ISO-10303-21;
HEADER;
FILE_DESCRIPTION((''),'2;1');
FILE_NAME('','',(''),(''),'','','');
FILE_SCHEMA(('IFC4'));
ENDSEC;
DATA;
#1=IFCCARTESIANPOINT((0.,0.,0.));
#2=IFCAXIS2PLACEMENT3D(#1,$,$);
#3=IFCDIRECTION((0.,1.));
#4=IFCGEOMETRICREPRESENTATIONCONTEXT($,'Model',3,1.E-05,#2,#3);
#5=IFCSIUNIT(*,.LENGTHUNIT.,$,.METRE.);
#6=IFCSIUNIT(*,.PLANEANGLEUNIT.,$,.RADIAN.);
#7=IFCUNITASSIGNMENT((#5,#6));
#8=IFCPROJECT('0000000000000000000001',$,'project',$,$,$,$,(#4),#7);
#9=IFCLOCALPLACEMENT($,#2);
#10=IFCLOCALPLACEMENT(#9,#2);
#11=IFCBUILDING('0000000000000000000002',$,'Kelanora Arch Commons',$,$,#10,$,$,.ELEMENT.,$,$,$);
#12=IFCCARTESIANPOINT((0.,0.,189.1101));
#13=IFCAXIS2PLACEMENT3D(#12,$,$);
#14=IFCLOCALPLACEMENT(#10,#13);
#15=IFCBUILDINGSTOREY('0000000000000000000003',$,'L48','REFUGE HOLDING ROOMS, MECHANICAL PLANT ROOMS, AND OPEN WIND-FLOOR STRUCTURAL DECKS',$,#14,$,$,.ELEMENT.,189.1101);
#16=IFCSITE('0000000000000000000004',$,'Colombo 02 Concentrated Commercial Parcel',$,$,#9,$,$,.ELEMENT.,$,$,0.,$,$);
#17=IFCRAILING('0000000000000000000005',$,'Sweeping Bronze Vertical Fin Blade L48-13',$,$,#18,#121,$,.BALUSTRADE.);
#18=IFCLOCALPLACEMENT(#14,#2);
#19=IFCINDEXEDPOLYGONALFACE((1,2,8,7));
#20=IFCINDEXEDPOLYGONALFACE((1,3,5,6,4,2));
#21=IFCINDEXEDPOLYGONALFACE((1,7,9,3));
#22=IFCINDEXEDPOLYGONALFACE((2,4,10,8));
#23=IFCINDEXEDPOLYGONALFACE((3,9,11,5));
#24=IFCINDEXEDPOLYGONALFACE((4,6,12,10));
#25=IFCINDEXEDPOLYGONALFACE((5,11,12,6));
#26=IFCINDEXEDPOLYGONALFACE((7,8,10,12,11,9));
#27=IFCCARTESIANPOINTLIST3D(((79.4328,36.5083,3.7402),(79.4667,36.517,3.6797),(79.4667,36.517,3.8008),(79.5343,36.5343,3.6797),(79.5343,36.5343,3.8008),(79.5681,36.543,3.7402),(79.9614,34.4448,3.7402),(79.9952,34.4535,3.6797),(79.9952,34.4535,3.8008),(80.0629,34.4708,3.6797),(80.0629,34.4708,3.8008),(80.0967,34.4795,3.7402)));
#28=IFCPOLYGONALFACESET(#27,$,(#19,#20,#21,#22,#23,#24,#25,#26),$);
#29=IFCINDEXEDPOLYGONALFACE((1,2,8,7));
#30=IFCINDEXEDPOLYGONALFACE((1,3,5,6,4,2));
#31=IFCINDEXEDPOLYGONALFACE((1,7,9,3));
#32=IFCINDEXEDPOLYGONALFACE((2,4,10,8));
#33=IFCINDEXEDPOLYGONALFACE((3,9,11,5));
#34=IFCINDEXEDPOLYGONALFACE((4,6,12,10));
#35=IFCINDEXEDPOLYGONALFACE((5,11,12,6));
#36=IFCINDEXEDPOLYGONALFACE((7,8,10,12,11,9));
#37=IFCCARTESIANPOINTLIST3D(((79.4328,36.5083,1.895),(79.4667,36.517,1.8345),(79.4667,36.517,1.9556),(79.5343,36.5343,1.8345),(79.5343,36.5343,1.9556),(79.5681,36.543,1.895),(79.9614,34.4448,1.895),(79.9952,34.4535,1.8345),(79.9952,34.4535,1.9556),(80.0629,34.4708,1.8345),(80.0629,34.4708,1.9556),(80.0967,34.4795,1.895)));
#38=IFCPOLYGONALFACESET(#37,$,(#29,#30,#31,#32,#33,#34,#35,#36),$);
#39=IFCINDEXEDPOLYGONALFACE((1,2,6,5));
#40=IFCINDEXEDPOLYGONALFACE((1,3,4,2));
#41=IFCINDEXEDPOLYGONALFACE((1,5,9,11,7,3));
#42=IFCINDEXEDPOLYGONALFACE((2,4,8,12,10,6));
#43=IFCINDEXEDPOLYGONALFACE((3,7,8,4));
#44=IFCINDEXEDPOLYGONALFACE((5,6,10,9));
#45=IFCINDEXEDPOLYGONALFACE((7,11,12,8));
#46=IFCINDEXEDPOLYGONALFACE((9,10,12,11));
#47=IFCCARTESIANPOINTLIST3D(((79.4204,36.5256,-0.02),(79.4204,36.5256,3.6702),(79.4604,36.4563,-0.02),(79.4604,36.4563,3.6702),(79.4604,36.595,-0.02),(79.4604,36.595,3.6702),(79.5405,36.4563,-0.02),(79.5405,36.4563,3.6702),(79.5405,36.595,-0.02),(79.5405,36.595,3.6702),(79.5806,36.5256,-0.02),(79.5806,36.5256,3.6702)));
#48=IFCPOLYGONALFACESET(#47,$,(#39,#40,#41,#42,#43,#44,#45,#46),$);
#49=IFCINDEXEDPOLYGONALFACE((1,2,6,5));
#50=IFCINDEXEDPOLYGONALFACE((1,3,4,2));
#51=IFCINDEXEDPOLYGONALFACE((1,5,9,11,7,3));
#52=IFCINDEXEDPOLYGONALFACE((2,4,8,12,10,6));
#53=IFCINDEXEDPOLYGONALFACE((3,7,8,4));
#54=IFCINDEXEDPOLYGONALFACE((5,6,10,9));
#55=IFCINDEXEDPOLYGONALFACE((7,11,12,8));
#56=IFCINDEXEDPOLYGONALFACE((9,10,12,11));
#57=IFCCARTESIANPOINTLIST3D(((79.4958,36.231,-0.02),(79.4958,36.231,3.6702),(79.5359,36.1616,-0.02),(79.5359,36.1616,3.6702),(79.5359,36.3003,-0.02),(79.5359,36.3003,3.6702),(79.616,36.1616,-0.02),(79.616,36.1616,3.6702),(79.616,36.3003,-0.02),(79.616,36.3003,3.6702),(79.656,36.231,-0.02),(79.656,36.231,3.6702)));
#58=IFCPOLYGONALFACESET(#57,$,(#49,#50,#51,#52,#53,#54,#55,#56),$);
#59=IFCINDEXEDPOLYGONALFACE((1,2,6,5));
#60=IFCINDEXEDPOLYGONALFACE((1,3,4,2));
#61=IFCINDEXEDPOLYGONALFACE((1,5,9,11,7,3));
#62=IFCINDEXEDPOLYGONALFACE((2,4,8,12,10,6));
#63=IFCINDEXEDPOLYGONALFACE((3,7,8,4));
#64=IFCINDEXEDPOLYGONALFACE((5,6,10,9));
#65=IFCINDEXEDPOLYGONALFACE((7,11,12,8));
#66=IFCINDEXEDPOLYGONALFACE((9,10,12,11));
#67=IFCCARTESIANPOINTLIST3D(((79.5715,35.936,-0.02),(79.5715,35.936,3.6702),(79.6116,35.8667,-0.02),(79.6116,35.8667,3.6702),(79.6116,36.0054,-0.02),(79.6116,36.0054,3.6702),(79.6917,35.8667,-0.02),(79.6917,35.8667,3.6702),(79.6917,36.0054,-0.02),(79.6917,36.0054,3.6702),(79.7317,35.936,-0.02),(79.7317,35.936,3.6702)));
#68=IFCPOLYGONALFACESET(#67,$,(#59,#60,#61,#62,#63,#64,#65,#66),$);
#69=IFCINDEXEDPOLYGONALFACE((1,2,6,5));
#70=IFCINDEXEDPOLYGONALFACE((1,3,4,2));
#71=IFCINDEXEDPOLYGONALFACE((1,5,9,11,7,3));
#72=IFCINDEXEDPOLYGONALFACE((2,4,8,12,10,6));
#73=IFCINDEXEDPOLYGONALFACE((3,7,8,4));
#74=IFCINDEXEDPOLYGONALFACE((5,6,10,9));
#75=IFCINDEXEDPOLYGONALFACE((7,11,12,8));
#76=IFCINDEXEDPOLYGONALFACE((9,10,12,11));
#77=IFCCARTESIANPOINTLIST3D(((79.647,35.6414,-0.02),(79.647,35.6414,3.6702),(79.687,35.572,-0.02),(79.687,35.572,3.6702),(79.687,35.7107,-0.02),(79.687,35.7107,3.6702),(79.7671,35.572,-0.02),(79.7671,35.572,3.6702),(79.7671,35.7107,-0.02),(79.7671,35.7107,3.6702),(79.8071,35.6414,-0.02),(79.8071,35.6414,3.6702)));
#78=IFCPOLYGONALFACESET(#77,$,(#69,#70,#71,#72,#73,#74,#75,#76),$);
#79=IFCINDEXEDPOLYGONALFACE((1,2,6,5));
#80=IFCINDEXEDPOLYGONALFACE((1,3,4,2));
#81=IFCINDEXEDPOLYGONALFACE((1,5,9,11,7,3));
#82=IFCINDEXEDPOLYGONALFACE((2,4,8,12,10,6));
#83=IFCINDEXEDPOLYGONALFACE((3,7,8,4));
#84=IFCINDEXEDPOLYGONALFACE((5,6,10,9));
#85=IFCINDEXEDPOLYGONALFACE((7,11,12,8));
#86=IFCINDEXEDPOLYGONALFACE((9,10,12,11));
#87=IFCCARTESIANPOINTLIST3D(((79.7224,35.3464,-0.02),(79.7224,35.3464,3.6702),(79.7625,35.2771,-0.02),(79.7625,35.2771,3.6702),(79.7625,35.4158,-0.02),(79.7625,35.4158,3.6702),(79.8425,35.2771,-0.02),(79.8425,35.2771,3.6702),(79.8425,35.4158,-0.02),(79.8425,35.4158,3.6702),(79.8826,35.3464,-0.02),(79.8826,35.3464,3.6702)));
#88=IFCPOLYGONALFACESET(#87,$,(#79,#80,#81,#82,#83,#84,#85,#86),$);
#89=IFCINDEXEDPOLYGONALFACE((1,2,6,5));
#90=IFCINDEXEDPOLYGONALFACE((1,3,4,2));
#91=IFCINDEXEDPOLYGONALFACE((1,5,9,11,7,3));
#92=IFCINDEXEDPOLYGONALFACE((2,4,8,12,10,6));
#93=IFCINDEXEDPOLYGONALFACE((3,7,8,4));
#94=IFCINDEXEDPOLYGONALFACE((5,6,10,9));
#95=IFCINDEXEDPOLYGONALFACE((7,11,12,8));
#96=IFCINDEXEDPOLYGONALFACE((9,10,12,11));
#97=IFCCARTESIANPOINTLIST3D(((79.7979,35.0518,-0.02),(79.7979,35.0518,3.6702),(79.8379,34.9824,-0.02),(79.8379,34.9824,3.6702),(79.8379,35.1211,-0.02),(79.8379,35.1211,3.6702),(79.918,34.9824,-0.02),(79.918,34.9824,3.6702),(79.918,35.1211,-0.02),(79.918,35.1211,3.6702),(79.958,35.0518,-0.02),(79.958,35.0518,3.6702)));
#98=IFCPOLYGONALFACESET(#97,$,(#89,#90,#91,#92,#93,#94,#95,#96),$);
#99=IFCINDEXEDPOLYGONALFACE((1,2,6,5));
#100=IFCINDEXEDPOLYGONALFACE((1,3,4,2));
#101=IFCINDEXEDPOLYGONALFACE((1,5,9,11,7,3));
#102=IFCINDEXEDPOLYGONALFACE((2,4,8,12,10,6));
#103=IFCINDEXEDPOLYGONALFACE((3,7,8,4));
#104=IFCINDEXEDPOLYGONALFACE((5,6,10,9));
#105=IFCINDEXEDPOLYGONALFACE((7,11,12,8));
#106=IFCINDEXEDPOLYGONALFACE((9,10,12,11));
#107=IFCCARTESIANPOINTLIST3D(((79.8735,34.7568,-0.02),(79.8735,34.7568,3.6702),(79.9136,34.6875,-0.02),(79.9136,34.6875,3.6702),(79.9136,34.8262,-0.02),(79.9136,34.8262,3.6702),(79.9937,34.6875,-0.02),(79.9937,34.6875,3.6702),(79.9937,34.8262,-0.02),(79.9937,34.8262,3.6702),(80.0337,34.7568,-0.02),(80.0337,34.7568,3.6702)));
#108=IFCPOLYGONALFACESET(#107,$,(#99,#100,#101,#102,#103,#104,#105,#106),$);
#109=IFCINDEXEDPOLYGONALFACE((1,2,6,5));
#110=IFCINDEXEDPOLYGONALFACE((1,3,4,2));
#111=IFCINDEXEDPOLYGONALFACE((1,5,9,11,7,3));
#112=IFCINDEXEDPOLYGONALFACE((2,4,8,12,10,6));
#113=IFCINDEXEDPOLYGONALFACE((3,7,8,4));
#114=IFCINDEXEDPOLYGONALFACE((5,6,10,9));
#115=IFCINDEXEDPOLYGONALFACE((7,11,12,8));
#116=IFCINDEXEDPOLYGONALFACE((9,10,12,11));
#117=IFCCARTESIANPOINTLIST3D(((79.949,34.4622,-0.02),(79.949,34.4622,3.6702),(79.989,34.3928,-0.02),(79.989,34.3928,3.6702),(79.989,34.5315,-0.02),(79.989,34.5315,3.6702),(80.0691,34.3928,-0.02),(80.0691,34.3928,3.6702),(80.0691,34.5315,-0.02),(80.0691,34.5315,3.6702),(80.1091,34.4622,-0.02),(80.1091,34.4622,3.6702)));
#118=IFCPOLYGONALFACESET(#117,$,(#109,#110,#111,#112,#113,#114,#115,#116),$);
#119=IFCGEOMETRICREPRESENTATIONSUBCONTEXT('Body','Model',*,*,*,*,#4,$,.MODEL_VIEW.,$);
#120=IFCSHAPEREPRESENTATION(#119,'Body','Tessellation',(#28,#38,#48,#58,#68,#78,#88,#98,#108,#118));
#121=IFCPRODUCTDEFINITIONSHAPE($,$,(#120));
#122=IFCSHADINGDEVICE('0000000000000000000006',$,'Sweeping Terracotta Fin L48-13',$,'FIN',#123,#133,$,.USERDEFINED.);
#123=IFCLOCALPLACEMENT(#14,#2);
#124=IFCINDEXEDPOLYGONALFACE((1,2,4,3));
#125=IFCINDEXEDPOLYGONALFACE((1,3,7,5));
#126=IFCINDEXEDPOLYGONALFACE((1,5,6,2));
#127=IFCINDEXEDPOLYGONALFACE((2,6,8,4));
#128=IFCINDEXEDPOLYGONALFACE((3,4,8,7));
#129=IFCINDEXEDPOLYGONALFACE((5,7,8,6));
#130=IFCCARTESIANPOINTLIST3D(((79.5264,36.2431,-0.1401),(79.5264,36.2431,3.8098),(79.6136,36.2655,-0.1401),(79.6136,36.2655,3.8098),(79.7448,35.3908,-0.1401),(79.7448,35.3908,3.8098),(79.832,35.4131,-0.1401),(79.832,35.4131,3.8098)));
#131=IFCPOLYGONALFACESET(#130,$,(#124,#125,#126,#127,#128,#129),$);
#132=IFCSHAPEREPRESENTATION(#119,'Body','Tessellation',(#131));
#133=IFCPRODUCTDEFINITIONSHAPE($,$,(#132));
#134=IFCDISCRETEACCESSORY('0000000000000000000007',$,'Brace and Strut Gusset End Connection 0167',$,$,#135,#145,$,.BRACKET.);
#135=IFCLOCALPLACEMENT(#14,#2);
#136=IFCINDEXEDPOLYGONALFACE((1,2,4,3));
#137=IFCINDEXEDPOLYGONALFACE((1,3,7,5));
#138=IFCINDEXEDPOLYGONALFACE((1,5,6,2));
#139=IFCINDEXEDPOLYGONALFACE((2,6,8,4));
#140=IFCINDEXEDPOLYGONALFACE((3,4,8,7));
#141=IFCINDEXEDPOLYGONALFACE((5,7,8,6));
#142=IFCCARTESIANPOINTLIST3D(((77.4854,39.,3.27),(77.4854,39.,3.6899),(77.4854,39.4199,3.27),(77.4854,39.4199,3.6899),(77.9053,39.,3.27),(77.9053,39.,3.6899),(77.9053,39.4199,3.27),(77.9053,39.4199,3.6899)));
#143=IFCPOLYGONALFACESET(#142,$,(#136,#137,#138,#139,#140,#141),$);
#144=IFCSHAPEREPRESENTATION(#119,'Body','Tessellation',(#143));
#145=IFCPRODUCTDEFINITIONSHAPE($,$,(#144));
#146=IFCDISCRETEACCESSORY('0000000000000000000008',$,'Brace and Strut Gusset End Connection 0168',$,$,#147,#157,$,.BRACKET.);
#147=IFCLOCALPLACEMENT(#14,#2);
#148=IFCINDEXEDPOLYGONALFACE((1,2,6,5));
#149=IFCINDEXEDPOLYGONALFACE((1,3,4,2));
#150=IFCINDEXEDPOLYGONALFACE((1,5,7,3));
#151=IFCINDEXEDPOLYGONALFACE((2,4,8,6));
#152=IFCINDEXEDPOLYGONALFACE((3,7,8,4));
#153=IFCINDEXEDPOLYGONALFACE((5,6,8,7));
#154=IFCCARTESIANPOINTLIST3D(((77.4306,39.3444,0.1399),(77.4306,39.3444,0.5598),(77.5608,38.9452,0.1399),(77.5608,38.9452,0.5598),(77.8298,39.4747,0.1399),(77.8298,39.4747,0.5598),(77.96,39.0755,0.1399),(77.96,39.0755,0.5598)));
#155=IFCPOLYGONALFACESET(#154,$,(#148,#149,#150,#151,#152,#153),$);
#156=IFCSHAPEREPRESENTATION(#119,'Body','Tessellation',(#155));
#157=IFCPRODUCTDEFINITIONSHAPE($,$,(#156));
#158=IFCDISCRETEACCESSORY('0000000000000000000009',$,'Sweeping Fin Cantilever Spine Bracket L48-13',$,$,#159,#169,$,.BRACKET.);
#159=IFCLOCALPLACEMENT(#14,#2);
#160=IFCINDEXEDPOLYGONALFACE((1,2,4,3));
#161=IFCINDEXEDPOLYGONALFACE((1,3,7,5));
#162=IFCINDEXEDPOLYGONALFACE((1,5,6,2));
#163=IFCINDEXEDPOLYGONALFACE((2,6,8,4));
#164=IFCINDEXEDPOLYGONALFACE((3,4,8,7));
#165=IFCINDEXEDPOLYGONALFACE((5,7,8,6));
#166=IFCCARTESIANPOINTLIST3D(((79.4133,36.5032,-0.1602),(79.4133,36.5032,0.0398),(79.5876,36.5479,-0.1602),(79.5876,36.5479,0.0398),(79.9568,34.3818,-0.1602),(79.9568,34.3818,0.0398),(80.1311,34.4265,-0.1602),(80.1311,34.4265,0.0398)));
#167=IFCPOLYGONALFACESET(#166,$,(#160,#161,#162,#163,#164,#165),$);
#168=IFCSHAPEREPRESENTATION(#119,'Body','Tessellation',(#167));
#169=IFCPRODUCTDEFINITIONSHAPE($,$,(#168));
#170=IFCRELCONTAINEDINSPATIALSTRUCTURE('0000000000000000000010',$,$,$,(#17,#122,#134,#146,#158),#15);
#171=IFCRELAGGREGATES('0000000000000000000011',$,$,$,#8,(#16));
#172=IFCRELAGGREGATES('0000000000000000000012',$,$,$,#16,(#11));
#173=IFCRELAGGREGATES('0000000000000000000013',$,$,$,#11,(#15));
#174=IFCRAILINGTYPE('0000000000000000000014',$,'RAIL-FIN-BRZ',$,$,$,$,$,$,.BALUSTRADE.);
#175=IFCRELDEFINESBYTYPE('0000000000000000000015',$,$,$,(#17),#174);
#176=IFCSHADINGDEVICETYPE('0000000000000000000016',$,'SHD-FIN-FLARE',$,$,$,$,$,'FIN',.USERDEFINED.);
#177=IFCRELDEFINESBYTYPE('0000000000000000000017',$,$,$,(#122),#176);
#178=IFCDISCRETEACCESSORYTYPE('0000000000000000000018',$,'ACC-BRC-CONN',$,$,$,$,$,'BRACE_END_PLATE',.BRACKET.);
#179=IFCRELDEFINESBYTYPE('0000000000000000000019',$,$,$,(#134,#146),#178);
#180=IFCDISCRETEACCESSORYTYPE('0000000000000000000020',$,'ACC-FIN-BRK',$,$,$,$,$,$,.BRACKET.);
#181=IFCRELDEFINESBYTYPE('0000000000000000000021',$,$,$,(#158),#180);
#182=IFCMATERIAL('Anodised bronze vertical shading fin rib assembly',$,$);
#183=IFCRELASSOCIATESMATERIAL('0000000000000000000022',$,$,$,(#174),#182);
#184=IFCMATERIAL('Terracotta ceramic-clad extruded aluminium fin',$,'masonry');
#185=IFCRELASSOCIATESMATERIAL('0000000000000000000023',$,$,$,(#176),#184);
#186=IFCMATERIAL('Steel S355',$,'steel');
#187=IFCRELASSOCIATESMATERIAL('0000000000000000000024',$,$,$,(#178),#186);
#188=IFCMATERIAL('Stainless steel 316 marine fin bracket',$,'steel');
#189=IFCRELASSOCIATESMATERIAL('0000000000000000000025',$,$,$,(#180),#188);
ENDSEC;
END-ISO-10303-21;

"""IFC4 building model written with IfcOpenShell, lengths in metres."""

from ifc_helpers import new_model, si_unit, direction, frame, origin, origin_2d, place, context, subcontext, project, spatial, polyline, rectangle, outline, extrude, source, transform, mapped, material, type_object, element, save


model = new_model("IFC4")

# Units and contexts
model_context = context("Model", 3, precision=1e-05, world=origin(), true_north=direction((0.0, 1.0)))
body_context = subcontext(model_context, "Body", "Model", "MODEL_VIEW")
ifc_project = project(units=[si_unit("LENGTHUNIT", "METRE"), si_unit("PLANEANGLEUNIT", "RADIAN")], contexts=[model_context])

# Site, building, storey
site_placement = place(None, origin())
site = spatial("IfcSite", under=ifc_project, at=site_placement, Name="Colombo 02 Concentrated Commercial Parcel", CompositionType="ELEMENT", RefElevation=0.0)
building_placement = place(site_placement, origin())
building = spatial("IfcBuilding", under=site, at=building_placement, Name="Kelanora Arch Commons", CompositionType="ELEMENT")
storey_placement = place(building_placement, frame((0.0, 0.0, 189.1101)))
storey = spatial("IfcBuildingStorey", under=building, at=storey_placement, Name="L48", Description="REFUGE HOLDING ROOMS, MECHANICAL PLANT ROOMS, AND OPEN WIND-FLOOR STRUCTURAL DECKS", CompositionType="ELEMENT", Elevation=189.1101)

# Shared definitions
ifc_material_1 = material(Name="Steel S355", Category="steel")

# Railing
ifc_material_2 = material(Name="Anodised bronze vertical shading fin rib assembly")
railing_type = type_object("IfcRailingType", Name="RAIL-FIN-BRZ", PredefinedType="BALUSTRADE", material=ifc_material_2)
railing_placement = place(storey_placement, frame((79.5005, 36.5256, -0.02)))
element("IfcRailing", 1, at=railing_placement, inside=storey, type_object=railing_type, Name="Sweeping Bronze Vertical Fin Blade L48-13", PredefinedType="BALUSTRADE", context=body_context, shape_type="SweptSolid", body=[
    extrude(outline(polyline([(0.0698, 0.0), (0.0349, 0.0605), (-0.0349, 0.0605), (-0.0698, 0.0), (-0.0349, -0.0605), (0.0349, -0.0605), (0.0698, 0.0)])), frame((0.0, 0.0, 3.7603), z_axis=(0.248141, -0.968724, 0.0), x_axis=(0.968724, 0.248141, 0.0)), (0.0, 0.0, 1.0), 2.1301),
    extrude(outline(polyline([(0.0698, 0.0), (0.0349, 0.0605), (-0.0349, 0.0605), (-0.0698, 0.0), (-0.0349, -0.0605), (0.0349, -0.0605), (0.0698, 0.0)])), frame((0.0, 0.0, 1.915), z_axis=(0.248141, -0.968724, 0.0), x_axis=(0.968724, 0.248141, 0.0)), (0.0, 0.0, 1.0), 2.1301),
    extrude(outline(polyline([(0.0801, 0.0), (0.04, 0.0693), (-0.04, 0.0693), (-0.0801, 0.0), (-0.04, -0.0693), (0.04, -0.0693), (0.0801, 0.0)])), origin(), (0.0, 0.0, 1.0), 3.6902),
    extrude(outline(polyline([(0.0801, 0.0), (0.04, 0.0693), (-0.04, 0.0693), (-0.0801, 0.0), (-0.04, -0.0693), (0.04, -0.0693), (0.0801, 0.0)])), frame((0.0754, -0.2947, 0.0)), (0.0, 0.0, 1.0), 3.6902),
    extrude(outline(polyline([(0.0801, 0.0), (0.04, 0.0693), (-0.04, 0.0693), (-0.0801, 0.0), (-0.04, -0.0693), (0.04, -0.0693), (0.0801, 0.0)])), frame((0.1511, -0.5896, 0.0)), (0.0, 0.0, 1.0), 3.6902),
    extrude(outline(polyline([(0.0801, 0.0), (0.04, 0.0693), (-0.04, 0.0693), (-0.0801, 0.0), (-0.04, -0.0693), (0.04, -0.0693), (0.0801, 0.0)])), frame((0.2266, -0.8843, 0.0)), (0.0, 0.0, 1.0), 3.6902),
    extrude(outline(polyline([(0.0801, 0.0), (0.04, 0.0693), (-0.04, 0.0693), (-0.0801, 0.0), (-0.04, -0.0693), (0.04, -0.0693), (0.0801, 0.0)])), frame((0.302, -1.1792, 0.0)), (0.0, 0.0, 1.0), 3.6902),
    extrude(outline(polyline([(0.0801, 0.0), (0.04, 0.0693), (-0.04, 0.0693), (-0.0801, 0.0), (-0.04, -0.0693), (0.04, -0.0693), (0.0801, 0.0)])), frame((0.3774, -1.4739, 0.0)), (0.0, 0.0, 1.0), 3.6902),
    extrude(outline(polyline([(0.0801, 0.0), (0.04, 0.0693), (-0.04, 0.0693), (-0.0801, 0.0), (-0.04, -0.0693), (0.04, -0.0693), (0.0801, 0.0)])), frame((0.4531, -1.7688, 0.0)), (0.0, 0.0, 1.0), 3.6902),
    extrude(outline(polyline([(0.0801, 0.0), (0.04, 0.0693), (-0.04, 0.0693), (-0.0801, 0.0), (-0.04, -0.0693), (0.04, -0.0693), (0.0801, 0.0)])), frame((0.5286, -2.0635, 0.0)), (0.0, 0.0, 1.0), 3.6902),
])

# Shading device
ifc_material_3 = material(Name="Terracotta ceramic-clad extruded aluminium fin", Category="masonry")
shading_device_type = type_object("IfcShadingDeviceType", Name="SHD-FIN-FLARE", ElementType="FIN", PredefinedType="USERDEFINED", material=ifc_material_3)
shared_shape_1 = source(origin(), body_context, "Body", "SweptSolid", [
    extrude(rectangle(XDim=0.8799, YDim=0.0901, at=origin_2d()), origin(), (0.0, 0.0, 1.0), 3.95),
])
shading_device_placement = place(storey_placement, frame((79.6792, 35.8281, -0.1401), z_axis=(0.0, 0.0, 1.0), x_axis=(0.248183, -0.968713, 0.0)))
element("IfcShadingDevice", 2, at=shading_device_placement, inside=storey, type_object=shading_device_type, Name="Sweeping Terracotta Fin L48-13", ObjectType="FIN", PredefinedType="USERDEFINED", context=body_context, shape_type="MappedRepresentation", body=[
    mapped(shared_shape_1, transform((0.0, 0.0, 0.0), scale=1.0)),
])

# Discrete accessories
discrete_accessory_type_1 = type_object("IfcDiscreteAccessoryType", Name="ACC-BRC-CONN", ElementType="BRACE_END_PLATE", PredefinedType="BRACKET", material=ifc_material_1)
shared_shape_2 = source(origin(), body_context, "Body", "SweptSolid", [
    extrude(rectangle(XDim=0.4199, YDim=0.4199, at=origin_2d()), origin(), (0.0, 0.0, 1.0), 0.4199),
])
for number, where, z_axis, x_axis, name in (
    (3, (77.6953, 39.21, 3.27), (0.0, 0.0, 1.0), (1.0, 0.0, 0.0), "Brace and Strut Gusset End Connection 0167"),
    (4, (77.6953, 39.21, 0.1399), (0.0, 0.0, 1.0), (0.950678, 0.310179, 0.0), "Brace and Strut Gusset End Connection 0168"),
):
    element("IfcDiscreteAccessory", number, at=place(storey_placement, frame(where, z_axis=z_axis, x_axis=x_axis)), inside=storey, type_object=discrete_accessory_type_1, Name=name, PredefinedType="BRACKET", context=body_context, shape_type="MappedRepresentation", body=[
        mapped(shared_shape_2, transform((0.0, 0.0, 0.0), scale=1.0)),
    ])
ifc_material_4 = material(Name="Stainless steel 316 marine fin bracket", Category="steel")
discrete_accessory_type_2 = type_object("IfcDiscreteAccessoryType", Name="ACC-FIN-BRK", PredefinedType="BRACKET", material=ifc_material_4)
shared_shape_3 = source(origin(), body_context, "Body", "SweptSolid", [
    extrude(rectangle(XDim=2.1899, YDim=0.1799, at=origin_2d()), origin(), (0.0, 0.0, 1.0), 0.2),
])
discrete_accessory_placement = place(storey_placement, frame((79.7722, 35.4648, -0.1602), z_axis=(0.0, 0.0, 1.0), x_axis=(0.248183, -0.968713, 0.0)))
element("IfcDiscreteAccessory", 5, at=discrete_accessory_placement, inside=storey, type_object=discrete_accessory_type_2, Name="Sweeping Fin Cantilever Spine Bracket L48-13", PredefinedType="BRACKET", context=body_context, shape_type="MappedRepresentation", body=[
    mapped(shared_shape_3, transform((0.0, 0.0, 0.0), scale=1.0)),
])

save(model, "model.ifc")
